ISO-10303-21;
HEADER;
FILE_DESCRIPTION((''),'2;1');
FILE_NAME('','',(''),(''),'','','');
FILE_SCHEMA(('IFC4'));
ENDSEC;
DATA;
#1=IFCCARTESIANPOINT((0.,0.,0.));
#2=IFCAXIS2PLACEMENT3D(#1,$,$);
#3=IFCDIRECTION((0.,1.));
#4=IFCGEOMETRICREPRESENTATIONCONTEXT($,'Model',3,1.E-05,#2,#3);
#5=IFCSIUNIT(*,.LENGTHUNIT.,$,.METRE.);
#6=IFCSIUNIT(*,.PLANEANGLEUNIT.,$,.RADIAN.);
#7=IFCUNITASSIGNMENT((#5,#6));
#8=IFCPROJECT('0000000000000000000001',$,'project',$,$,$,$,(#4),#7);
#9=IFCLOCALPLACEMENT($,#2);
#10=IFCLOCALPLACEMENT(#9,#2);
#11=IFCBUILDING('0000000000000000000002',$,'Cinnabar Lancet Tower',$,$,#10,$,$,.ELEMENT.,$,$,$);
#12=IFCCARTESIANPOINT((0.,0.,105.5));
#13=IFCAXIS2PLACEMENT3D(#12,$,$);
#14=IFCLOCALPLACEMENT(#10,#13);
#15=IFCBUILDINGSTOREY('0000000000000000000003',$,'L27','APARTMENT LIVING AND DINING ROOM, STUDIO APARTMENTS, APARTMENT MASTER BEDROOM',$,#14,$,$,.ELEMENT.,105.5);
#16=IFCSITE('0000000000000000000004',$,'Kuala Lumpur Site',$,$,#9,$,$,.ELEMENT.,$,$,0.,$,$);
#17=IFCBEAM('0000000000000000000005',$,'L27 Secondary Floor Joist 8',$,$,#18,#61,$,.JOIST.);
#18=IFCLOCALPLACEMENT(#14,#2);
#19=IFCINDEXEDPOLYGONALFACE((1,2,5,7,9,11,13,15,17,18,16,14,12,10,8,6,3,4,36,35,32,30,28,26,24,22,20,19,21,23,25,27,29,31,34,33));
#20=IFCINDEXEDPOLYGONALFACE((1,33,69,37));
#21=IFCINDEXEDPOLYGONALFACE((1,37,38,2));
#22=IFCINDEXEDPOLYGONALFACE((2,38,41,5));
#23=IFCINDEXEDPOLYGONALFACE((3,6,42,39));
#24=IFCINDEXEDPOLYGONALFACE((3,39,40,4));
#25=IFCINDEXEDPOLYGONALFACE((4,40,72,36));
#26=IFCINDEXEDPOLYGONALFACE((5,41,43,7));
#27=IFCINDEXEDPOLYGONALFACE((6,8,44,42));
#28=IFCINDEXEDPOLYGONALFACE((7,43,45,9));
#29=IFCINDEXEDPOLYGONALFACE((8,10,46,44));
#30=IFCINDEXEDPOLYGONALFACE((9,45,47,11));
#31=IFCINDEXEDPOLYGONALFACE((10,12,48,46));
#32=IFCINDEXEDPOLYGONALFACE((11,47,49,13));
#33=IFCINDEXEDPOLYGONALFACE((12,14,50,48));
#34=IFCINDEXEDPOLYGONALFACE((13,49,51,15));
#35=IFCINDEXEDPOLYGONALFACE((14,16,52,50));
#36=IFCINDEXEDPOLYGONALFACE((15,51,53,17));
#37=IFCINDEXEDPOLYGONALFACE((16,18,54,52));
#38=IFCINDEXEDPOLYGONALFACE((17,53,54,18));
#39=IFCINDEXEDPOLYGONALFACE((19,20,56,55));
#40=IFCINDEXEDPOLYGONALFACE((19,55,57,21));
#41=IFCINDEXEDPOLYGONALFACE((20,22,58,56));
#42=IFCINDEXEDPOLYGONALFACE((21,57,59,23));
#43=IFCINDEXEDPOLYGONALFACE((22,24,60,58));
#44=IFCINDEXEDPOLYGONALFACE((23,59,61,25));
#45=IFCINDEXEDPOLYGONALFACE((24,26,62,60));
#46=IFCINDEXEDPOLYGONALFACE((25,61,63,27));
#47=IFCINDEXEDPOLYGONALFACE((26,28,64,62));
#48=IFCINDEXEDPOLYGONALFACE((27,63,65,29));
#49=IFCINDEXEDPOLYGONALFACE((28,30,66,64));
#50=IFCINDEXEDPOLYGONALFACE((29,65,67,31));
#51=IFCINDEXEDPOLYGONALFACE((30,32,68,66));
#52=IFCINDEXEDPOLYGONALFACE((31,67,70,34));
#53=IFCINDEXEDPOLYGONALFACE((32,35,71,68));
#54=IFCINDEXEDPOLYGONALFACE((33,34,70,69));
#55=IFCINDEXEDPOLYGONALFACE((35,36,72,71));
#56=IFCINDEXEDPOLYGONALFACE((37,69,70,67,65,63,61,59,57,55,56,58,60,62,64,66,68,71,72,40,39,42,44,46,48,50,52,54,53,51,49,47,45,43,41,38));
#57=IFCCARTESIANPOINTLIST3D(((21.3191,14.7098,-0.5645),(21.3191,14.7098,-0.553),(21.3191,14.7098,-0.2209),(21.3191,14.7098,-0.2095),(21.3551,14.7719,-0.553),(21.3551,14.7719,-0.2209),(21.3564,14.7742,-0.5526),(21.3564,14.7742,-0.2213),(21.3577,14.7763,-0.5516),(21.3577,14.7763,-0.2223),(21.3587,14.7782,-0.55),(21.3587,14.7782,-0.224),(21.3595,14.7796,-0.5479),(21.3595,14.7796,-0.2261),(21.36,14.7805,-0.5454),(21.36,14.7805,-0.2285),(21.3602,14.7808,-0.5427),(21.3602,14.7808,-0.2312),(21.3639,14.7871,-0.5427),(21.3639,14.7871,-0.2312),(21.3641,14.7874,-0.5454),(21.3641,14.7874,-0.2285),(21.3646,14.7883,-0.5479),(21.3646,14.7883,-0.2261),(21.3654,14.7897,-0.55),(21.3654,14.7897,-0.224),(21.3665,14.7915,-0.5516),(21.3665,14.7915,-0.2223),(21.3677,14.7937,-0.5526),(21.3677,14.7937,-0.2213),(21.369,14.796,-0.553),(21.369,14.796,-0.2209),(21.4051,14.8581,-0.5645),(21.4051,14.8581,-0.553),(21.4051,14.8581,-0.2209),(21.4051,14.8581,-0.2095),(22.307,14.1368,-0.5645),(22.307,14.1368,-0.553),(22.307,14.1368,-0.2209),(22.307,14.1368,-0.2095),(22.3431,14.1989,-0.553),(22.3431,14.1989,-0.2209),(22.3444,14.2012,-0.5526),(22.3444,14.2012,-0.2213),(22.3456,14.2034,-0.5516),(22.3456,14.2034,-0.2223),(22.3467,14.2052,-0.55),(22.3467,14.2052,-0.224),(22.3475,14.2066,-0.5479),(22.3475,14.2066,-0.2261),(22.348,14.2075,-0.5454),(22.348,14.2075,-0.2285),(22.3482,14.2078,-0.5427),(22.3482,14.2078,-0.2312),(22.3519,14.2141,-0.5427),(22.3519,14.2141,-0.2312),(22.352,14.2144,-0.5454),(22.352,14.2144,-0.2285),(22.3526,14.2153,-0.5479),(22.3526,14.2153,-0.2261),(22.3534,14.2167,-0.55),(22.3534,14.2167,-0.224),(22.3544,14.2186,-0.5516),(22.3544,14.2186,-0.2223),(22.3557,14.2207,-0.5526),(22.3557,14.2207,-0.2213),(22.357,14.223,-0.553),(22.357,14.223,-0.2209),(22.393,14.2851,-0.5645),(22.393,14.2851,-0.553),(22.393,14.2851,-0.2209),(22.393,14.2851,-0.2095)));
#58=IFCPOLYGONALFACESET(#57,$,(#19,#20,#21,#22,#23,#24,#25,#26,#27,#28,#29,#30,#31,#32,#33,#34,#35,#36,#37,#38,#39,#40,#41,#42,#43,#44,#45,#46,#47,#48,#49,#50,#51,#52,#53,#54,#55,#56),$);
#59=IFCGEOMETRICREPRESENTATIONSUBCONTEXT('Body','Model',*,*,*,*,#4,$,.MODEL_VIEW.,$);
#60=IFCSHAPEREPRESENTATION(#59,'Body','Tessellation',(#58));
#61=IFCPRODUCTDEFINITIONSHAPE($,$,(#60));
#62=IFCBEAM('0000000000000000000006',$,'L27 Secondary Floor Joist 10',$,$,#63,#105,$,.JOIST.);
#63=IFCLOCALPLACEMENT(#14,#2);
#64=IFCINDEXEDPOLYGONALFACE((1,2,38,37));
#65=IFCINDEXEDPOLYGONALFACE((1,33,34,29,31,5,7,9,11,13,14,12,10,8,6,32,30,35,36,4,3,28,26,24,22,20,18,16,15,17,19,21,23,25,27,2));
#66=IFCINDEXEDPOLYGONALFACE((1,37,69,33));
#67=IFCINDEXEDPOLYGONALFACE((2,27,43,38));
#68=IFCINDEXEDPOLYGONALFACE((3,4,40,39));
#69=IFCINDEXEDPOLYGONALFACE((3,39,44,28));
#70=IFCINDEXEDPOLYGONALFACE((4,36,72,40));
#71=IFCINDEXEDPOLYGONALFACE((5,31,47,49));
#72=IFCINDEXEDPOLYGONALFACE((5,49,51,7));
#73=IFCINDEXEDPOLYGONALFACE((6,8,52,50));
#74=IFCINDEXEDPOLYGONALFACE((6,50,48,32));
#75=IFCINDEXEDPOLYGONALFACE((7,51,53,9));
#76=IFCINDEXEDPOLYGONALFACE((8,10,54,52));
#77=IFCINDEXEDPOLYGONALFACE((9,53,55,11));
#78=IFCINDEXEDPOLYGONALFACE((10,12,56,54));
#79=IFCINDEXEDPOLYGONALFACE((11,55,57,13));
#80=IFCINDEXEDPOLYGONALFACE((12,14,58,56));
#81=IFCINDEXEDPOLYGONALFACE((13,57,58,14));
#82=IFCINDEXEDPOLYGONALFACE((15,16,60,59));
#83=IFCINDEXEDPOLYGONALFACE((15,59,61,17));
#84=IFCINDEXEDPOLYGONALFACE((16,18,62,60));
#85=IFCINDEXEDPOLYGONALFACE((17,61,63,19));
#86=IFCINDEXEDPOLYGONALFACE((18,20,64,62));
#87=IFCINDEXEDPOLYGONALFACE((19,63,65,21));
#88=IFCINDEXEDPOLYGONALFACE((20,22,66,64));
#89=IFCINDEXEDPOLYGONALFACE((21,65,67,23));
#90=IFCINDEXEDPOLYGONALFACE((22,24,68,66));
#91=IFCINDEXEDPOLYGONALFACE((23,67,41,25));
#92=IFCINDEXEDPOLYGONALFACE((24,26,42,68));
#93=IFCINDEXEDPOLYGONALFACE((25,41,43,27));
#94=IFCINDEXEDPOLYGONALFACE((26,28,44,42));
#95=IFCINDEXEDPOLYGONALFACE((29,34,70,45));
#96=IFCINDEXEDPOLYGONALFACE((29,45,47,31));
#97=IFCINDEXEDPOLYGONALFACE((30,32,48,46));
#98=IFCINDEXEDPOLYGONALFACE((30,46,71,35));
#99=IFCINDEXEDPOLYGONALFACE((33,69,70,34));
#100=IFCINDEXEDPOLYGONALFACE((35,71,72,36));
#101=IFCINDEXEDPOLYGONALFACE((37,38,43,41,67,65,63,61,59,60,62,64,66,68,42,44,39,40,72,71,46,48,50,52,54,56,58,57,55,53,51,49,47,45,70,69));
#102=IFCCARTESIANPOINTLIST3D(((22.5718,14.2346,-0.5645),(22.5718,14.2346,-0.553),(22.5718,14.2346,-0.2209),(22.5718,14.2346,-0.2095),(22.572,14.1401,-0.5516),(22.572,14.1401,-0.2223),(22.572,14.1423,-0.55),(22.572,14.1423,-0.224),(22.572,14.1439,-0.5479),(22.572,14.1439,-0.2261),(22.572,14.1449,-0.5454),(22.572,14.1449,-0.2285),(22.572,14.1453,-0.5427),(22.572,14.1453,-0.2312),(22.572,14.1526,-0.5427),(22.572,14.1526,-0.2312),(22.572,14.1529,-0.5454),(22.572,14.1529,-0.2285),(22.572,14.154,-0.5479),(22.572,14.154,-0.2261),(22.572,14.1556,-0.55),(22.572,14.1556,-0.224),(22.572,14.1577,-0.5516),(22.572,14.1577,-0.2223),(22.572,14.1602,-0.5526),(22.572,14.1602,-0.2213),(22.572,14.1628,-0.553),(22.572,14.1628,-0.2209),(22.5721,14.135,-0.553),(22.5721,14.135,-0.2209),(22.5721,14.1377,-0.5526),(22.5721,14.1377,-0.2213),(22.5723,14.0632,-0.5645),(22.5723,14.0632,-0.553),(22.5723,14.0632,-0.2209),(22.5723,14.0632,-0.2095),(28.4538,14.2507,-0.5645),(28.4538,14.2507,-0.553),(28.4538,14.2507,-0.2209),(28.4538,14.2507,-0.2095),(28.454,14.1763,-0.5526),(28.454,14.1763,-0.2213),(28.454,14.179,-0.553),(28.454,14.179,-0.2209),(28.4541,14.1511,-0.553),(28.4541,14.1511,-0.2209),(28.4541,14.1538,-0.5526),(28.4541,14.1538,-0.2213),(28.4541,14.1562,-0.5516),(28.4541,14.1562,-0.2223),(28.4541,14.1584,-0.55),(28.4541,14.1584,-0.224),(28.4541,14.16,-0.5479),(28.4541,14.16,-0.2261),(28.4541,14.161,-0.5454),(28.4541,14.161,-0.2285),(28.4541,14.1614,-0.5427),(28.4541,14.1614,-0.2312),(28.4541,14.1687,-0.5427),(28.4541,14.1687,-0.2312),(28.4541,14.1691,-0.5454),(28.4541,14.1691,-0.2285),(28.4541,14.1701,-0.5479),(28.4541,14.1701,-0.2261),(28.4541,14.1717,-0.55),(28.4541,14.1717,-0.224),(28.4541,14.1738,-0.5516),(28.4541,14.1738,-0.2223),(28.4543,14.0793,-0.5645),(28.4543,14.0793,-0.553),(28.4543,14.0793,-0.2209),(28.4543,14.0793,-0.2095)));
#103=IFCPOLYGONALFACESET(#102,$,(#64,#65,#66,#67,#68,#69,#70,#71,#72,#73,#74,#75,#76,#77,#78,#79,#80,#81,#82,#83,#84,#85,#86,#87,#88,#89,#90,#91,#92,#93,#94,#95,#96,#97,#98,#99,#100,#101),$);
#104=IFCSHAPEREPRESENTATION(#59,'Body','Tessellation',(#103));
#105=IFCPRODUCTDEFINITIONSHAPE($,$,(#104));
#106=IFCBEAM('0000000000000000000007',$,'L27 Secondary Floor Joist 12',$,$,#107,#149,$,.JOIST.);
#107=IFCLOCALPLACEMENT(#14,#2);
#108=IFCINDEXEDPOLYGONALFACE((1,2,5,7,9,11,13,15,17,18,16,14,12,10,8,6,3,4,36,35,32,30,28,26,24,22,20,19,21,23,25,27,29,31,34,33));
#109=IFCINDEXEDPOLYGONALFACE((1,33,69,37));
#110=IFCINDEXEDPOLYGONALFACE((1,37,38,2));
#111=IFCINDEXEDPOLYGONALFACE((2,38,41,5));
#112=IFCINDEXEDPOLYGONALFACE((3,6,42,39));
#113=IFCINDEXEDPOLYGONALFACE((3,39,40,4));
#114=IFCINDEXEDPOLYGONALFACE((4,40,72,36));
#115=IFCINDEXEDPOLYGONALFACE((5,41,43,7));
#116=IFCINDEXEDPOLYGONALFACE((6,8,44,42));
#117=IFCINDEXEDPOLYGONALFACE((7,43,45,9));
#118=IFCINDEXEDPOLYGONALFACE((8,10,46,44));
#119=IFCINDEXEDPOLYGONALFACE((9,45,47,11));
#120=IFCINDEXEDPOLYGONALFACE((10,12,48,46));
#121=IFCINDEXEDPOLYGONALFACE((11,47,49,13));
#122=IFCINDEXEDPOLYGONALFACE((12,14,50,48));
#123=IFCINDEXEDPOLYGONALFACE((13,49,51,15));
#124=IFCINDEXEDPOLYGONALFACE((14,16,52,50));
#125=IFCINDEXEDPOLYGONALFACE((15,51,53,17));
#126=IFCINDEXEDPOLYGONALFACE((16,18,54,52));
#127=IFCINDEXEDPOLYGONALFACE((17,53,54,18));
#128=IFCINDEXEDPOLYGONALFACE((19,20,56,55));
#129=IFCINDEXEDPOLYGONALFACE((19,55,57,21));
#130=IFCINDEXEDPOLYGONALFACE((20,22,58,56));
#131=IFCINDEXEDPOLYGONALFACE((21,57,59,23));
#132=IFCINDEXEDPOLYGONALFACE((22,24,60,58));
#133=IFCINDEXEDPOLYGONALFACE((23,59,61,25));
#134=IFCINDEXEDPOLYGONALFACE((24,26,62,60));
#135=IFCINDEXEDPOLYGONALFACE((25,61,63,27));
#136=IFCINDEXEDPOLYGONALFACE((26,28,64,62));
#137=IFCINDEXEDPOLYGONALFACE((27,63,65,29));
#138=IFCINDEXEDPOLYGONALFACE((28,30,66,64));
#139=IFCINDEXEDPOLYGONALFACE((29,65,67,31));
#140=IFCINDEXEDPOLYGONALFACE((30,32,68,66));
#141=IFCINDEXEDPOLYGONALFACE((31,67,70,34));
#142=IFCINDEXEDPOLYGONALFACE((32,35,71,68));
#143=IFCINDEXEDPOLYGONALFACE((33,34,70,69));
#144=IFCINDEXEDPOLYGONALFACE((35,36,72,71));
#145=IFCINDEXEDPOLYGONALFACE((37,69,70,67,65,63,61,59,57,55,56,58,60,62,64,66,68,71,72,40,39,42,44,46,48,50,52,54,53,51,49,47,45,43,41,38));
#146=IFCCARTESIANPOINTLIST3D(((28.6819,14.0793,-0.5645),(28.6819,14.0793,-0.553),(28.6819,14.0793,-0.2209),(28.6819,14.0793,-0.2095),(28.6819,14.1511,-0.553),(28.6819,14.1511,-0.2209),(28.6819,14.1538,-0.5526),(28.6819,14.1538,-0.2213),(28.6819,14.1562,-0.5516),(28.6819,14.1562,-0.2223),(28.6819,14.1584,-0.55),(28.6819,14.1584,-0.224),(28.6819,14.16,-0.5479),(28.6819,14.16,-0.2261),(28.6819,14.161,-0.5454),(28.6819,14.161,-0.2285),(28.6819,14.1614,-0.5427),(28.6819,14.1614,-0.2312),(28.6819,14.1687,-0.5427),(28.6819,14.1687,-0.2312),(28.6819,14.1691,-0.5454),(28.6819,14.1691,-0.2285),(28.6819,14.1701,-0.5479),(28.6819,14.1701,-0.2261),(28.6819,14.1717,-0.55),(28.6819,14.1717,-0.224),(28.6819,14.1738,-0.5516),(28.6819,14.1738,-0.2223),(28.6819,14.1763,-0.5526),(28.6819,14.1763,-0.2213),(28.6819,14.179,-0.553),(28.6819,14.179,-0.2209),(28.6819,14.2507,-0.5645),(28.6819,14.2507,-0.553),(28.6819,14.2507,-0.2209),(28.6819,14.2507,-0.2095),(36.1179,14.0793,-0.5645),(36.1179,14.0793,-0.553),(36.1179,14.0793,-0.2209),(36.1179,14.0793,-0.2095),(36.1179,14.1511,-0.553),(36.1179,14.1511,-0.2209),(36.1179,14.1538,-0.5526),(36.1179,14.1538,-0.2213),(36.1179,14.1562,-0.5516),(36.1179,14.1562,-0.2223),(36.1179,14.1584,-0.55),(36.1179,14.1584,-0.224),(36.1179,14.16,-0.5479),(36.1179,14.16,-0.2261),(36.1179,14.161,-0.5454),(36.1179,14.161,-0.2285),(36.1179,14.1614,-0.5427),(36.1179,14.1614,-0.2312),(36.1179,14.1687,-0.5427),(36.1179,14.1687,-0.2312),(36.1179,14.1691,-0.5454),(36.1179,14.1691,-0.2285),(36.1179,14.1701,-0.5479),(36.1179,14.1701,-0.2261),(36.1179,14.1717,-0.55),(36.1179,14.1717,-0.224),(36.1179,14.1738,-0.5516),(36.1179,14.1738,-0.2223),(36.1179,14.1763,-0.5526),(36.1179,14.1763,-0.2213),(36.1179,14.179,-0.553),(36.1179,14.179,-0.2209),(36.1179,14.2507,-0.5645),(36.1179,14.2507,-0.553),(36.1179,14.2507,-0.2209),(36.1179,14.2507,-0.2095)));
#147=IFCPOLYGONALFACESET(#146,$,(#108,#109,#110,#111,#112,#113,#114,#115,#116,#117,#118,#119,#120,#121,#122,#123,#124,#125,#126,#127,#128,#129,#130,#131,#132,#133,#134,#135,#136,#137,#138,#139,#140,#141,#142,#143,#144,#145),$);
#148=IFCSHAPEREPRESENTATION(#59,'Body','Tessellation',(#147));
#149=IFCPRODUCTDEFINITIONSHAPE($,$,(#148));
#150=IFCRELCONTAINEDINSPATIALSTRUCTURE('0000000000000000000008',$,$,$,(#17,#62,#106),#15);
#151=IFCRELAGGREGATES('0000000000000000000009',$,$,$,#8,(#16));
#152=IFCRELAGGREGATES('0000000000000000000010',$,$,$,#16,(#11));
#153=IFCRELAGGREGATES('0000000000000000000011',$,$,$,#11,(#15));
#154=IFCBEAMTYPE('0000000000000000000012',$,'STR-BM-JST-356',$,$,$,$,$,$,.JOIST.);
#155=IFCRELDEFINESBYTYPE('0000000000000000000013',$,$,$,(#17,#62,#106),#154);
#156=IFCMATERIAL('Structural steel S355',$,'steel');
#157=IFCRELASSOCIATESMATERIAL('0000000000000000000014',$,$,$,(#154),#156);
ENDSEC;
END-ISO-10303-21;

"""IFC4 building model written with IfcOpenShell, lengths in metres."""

from ifc_helpers import new_model, si_unit, direction, frame, origin, origin_2d, place, context, subcontext, project, spatial, i_section, extrude, material, material_profile, profile_set, type_object, element, save


model = new_model("IFC4")

# Units and contexts
model_context = context("Model", 3, precision=1e-05, world=origin(), true_north=direction((0.0, 1.0)))
body_context = subcontext(model_context, "Body", "Model", "MODEL_VIEW")
ifc_project = project(units=[si_unit("LENGTHUNIT", "METRE"), si_unit("PLANEANGLEUNIT", "RADIAN")], contexts=[model_context])

# Site, building, storey
site_placement = place(None, origin())
site = spatial("IfcSite", under=ifc_project, at=site_placement, Name="Kuala Lumpur Site", CompositionType="ELEMENT", RefElevation=0.0)
building_placement = place(site_placement, origin())
building = spatial("IfcBuilding", under=site, at=building_placement, Name="Cinnabar Lancet Tower", CompositionType="ELEMENT")
storey_placement = place(building_placement, frame((0.0, 0.0, 105.5)))
storey = spatial("IfcBuildingStorey", under=building, at=storey_placement, Name="L27", Description="APARTMENT LIVING AND DINING ROOM, STUDIO APARTMENTS, APARTMENT MASTER BEDROOM", CompositionType="ELEMENT", Elevation=105.5)

# Beams
ifc_material_1 = material(Name="Structural steel S355", Category="steel")
ifc_material_profile_1 = material_profile(ifc_material_1, i_section(OverallWidth=0.1714, OverallDepth=0.355, WebThickness=0.0073, FlangeThickness=0.0115, FilletRadius=0.0103, at=origin_2d()), Name="UKB 356x171x51")
ifc_profile_set_1 = profile_set([ifc_material_profile_1], Name="Structural steel S355")
beam_type_1 = type_object("IfcBeamType", Name="STR-BM-JST-356", PredefinedType="JOIST", material=ifc_profile_set_1)
beam_1_placement = place(storey_placement, frame((21.3621, 14.7839, -0.387), z_axis=(0.865055, -0.501677, 0.0), x_axis=(0.501677, 0.865055, 0.0)))
element("IfcBeam", 1, at=beam_1_placement, inside=storey, type_object=beam_type_1, Name="L27 Secondary Floor Joist 8", PredefinedType="JOIST", context=body_context, shape_type="SweptSolid", body=[
    extrude(i_section(OverallWidth=0.1714, OverallDepth=0.355, WebThickness=0.0073, FlangeThickness=0.0115, FilletRadius=0.0103, at=origin_2d()), origin(), (0.0, 0.0, 1.0), 1.1421),
])
beam_2_placement = place(storey_placement, frame((22.572, 14.1489, -0.387), z_axis=(0.999996, 0.002739, 0.0), x_axis=(-0.002739, 0.999996, 0.0)))
element("IfcBeam", 2, at=beam_2_placement, inside=storey, type_object=beam_type_1, Name="L27 Secondary Floor Joist 10", PredefinedType="JOIST", context=body_context, shape_type="SweptSolid", body=[
    extrude(i_section(OverallWidth=0.1714, OverallDepth=0.355, WebThickness=0.0073, FlangeThickness=0.0115, FilletRadius=0.0103, at=origin_2d()), origin(), (0.0, 0.0, 1.0), 5.8821),
])
beam_3_placement = place(storey_placement, frame((28.6819, 14.165, -0.387), z_axis=(1.0, 0.0, 0.0), x_axis=(0.0, 1.0, 0.0)))
element("IfcBeam", 3, at=beam_3_placement, inside=storey, type_object=beam_type_1, Name="L27 Secondary Floor Joist 12", PredefinedType="JOIST", context=body_context, shape_type="SweptSolid", body=[
    extrude(i_section(OverallWidth=0.1714, OverallDepth=0.355, WebThickness=0.0073, FlangeThickness=0.0115, FilletRadius=0.0103, at=origin_2d()), origin(), (0.0, 0.0, 1.0), 7.436),
])

save(model, "model.ifc")
